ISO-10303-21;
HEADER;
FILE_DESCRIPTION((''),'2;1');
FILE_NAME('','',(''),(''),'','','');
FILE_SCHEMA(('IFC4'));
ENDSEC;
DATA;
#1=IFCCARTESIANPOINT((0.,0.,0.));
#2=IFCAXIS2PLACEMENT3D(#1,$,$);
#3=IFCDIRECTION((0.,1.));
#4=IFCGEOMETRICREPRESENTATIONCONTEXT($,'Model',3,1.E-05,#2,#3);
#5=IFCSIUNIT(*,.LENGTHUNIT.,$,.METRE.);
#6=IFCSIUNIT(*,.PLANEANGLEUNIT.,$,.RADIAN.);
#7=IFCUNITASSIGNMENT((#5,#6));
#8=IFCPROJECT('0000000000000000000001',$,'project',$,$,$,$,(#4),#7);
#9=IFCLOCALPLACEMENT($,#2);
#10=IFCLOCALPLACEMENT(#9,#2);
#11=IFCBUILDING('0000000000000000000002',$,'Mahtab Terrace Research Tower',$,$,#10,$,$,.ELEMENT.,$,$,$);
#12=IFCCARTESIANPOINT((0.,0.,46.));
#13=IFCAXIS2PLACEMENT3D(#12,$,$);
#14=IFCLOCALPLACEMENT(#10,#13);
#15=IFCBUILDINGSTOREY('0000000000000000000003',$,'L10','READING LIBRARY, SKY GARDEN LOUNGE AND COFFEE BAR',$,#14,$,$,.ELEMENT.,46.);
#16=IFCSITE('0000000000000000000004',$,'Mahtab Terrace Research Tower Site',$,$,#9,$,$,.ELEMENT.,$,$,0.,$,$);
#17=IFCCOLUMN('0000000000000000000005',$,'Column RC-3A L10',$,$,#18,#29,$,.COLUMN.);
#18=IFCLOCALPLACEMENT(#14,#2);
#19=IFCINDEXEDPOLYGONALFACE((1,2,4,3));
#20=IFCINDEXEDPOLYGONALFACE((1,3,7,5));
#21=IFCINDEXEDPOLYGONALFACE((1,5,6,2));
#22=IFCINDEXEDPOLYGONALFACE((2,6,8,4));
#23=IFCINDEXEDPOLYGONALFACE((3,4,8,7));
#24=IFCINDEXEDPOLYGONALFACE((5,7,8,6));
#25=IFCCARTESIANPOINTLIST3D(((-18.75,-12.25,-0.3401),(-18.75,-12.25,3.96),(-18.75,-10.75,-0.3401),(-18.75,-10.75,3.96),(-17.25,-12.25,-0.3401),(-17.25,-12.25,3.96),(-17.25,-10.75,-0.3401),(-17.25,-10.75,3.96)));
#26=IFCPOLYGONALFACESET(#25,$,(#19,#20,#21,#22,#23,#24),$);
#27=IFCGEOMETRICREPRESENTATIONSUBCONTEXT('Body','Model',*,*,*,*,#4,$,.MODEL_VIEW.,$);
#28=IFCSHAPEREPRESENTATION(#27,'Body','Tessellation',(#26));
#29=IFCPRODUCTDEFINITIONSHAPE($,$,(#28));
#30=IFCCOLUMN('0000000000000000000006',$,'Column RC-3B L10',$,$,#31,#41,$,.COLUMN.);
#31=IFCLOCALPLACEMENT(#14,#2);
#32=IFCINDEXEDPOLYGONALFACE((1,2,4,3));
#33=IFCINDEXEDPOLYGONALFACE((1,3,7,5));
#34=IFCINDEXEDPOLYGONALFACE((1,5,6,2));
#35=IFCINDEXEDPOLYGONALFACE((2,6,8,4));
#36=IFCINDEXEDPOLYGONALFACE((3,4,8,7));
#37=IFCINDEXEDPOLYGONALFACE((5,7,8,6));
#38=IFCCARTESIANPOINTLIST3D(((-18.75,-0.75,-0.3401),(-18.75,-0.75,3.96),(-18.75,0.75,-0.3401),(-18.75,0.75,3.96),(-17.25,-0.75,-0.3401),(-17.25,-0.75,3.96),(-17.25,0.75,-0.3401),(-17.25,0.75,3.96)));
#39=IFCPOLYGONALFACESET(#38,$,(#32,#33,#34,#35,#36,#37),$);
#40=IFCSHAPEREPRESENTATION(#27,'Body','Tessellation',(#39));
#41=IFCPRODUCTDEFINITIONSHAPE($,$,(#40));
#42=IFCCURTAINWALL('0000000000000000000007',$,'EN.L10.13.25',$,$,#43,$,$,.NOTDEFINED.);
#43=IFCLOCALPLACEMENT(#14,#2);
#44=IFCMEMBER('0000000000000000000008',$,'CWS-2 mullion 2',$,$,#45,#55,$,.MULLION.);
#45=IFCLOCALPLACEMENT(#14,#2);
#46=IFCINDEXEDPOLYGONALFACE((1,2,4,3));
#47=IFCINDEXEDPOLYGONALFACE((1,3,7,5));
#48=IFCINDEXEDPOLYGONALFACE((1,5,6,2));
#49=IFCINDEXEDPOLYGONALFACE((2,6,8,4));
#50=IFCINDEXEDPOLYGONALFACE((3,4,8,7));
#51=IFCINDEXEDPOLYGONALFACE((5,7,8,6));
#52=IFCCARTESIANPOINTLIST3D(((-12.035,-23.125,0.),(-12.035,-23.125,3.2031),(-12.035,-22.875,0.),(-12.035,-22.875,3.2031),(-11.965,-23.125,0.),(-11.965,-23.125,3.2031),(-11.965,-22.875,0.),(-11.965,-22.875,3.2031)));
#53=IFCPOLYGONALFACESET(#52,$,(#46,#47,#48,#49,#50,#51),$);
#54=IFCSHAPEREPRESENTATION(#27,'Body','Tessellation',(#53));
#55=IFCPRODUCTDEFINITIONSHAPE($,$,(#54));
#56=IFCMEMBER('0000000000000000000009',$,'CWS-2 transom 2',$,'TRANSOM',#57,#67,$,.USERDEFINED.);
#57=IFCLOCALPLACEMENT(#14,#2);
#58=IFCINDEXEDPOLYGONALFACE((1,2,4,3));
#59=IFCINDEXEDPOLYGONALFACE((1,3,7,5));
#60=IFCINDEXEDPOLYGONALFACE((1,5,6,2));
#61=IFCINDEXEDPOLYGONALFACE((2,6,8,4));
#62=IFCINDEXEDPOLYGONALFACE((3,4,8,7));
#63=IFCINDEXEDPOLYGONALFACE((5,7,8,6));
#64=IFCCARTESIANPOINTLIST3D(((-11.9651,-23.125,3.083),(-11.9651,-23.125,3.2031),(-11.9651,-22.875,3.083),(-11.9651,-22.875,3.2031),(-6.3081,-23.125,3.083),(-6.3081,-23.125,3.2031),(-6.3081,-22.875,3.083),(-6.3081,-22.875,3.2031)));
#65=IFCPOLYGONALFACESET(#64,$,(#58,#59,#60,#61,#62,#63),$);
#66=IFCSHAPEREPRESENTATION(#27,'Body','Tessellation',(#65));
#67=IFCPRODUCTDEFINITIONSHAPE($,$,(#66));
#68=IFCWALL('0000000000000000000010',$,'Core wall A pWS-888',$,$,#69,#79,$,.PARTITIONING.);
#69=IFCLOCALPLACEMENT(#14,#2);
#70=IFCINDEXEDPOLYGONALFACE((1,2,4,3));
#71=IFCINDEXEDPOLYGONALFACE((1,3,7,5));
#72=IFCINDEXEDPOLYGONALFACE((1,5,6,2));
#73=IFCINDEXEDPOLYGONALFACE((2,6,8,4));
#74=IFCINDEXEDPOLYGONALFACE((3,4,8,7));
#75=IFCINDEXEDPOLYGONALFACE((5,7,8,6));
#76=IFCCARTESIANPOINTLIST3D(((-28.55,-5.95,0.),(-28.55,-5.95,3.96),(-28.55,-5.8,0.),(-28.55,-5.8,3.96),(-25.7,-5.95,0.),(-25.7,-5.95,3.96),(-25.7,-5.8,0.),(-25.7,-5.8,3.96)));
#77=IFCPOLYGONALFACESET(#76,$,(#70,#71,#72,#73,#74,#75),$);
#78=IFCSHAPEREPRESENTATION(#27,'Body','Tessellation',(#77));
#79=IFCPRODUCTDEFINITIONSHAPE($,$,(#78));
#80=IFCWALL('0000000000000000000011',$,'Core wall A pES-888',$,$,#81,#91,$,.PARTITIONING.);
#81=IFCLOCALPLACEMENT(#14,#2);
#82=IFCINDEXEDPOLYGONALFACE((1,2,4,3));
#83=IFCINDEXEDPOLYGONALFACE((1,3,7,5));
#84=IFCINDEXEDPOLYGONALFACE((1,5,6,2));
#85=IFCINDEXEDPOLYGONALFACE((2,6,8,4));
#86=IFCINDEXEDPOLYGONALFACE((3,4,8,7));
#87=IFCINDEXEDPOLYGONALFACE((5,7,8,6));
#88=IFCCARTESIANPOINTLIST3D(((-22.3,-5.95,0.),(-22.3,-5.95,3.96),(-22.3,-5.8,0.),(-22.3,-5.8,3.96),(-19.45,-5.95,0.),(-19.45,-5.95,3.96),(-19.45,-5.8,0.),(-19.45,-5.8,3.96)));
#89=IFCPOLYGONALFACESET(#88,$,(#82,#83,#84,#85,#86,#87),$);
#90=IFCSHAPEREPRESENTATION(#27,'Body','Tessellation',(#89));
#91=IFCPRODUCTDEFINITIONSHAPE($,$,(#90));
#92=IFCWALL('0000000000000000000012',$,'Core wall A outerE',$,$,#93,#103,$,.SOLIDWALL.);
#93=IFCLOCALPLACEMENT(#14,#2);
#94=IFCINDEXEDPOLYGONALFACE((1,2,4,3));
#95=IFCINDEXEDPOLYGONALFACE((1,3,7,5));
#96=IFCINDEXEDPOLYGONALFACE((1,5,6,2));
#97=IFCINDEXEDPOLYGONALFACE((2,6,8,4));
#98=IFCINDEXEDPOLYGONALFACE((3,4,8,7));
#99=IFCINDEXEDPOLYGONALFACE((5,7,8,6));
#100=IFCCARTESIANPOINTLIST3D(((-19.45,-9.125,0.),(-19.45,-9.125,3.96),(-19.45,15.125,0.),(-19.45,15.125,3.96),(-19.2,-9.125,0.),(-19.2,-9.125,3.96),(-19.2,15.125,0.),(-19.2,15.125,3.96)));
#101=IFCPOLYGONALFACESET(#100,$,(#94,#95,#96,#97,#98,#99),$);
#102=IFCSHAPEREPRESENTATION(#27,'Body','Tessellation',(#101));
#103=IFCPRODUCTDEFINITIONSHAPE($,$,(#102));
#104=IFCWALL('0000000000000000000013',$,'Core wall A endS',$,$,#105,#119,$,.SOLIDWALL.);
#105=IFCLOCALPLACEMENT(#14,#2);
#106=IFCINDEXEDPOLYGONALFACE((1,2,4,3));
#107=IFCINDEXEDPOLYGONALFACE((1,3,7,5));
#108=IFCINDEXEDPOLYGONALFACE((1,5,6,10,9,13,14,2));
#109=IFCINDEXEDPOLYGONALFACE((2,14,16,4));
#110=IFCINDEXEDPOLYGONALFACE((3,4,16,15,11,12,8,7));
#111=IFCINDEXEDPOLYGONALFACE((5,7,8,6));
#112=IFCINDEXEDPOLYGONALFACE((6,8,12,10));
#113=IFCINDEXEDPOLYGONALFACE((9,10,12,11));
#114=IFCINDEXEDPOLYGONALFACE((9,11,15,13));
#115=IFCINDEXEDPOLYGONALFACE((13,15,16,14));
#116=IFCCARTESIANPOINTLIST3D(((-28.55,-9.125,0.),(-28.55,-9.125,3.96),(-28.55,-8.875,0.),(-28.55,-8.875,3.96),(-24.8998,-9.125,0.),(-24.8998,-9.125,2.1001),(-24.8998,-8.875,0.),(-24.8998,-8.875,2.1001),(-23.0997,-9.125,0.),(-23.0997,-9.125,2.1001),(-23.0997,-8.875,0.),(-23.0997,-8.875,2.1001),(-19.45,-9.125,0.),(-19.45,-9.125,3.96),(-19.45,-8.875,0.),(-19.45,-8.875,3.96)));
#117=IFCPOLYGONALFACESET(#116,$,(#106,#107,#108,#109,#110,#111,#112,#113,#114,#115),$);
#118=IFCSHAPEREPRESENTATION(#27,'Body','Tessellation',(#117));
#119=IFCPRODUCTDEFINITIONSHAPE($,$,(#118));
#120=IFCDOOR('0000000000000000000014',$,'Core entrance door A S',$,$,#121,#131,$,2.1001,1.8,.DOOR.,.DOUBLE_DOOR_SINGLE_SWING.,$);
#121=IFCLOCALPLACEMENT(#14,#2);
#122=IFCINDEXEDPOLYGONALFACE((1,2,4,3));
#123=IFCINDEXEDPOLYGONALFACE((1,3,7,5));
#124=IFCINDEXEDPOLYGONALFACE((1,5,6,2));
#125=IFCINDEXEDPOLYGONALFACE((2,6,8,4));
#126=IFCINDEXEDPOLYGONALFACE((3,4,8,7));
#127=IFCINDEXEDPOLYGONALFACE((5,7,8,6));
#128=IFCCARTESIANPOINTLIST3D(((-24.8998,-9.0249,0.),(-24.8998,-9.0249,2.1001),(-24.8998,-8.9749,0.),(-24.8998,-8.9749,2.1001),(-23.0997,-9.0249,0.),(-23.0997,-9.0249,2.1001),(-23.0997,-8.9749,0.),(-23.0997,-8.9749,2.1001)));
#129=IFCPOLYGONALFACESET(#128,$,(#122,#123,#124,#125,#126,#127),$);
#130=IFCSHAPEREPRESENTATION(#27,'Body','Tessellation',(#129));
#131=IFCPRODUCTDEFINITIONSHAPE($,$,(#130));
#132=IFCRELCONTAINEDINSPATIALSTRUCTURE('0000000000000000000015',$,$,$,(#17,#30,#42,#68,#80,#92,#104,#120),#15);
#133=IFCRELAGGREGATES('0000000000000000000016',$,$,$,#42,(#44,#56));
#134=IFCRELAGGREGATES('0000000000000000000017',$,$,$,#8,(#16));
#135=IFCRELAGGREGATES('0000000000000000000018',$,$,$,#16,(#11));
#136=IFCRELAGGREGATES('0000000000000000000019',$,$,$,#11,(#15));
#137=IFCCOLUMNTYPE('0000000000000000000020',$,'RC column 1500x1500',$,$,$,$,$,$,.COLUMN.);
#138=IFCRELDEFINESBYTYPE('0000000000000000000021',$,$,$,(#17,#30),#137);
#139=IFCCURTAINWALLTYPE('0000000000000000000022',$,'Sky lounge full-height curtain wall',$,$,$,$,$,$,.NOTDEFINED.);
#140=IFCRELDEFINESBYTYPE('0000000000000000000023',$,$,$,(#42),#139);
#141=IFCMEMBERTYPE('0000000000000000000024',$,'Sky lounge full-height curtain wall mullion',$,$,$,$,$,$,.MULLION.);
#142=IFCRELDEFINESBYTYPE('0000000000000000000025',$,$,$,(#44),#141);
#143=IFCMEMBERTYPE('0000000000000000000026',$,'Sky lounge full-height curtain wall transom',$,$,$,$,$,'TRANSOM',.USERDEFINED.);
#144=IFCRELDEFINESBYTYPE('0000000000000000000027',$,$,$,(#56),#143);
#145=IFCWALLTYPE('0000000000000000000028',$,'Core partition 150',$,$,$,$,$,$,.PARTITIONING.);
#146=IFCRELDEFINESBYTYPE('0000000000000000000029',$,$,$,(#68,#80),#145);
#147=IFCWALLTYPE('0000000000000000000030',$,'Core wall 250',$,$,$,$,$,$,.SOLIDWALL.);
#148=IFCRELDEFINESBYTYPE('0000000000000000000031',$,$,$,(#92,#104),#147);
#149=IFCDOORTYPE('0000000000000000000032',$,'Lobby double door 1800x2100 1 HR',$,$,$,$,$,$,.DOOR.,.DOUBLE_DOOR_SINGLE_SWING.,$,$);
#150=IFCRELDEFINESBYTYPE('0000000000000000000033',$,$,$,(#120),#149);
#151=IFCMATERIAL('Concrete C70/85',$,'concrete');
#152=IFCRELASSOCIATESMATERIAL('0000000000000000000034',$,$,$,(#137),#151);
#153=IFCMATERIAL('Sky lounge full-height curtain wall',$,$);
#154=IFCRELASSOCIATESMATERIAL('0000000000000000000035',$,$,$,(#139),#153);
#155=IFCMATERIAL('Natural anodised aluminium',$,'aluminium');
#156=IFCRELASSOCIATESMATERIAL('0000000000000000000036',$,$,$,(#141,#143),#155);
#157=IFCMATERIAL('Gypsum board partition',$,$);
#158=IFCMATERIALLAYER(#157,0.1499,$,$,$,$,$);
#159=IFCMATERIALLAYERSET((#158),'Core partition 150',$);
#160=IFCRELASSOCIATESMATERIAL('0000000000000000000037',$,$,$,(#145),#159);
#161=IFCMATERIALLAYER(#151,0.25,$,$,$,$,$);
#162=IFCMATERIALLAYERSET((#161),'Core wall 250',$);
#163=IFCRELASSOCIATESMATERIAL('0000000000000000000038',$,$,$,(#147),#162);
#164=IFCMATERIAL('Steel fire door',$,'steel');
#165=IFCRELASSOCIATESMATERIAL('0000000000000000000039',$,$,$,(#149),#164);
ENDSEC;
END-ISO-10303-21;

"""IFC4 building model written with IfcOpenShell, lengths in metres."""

from ifc_helpers import new_model, si_unit, direction, frame, frame_2d, origin, origin_2d, place, context, subcontext, project, spatial, rectangle, extrude, material, layer, layer_set, material_profile, profile_set, type_object, element, fill, aggregate, save


model = new_model("IFC4")

# Units and contexts
model_context = context("Model", 3, precision=1e-05, world=origin(), true_north=direction((0.0, 1.0)))
body_context = subcontext(model_context, "Body", "Model", "MODEL_VIEW")
ifc_project = project(units=[si_unit("LENGTHUNIT", "METRE"), si_unit("PLANEANGLEUNIT", "RADIAN")], contexts=[model_context])

# Site, building, storey
site_placement = place(None, origin())
site = spatial("IfcSite", under=ifc_project, at=site_placement, Name="Mahtab Terrace Research Tower Site", CompositionType="ELEMENT", RefElevation=0.0)
building_placement = place(site_placement, origin())
building = spatial("IfcBuilding", under=site, at=building_placement, Name="Mahtab Terrace Research Tower", CompositionType="ELEMENT")
storey_placement = place(building_placement, frame((0.0, 0.0, 46.0)))
storey = spatial("IfcBuildingStorey", under=building, at=storey_placement, Name="L10", Description="READING LIBRARY, SKY GARDEN LOUNGE AND COFFEE BAR", CompositionType="ELEMENT", Elevation=46.0)

# Columns
ifc_material_1 = material(Name="Concrete C70/85", Category="concrete")
ifc_material_profile_1 = material_profile(ifc_material_1, rectangle(XDim=1.5, YDim=1.5, at=origin_2d()), Name="RC column 1500x1500")
ifc_profile_set_1 = profile_set([ifc_material_profile_1], Name="Concrete C70/85")
column_type = type_object("IfcColumnType", Name="RC column 1500x1500", PredefinedType="COLUMN", material=ifc_profile_set_1)
for number, where, z_axis, x_axis, name in (
    (1, (-18.0, -11.5, -0.3401), (0.0, 0.0, 1.0), (1.0, 0.0, 0.0), "Column RC-3A L10"),
    (2, (-18.0, 0.0, -0.3401), (0.0, 0.0, 1.0), (1.0, 0.0, 0.0), "Column RC-3B L10"),
):
    element("IfcColumn", number, at=place(storey_placement, frame(where, z_axis=z_axis, x_axis=x_axis)), inside=storey, type_object=column_type, Name=name, PredefinedType="COLUMN", context=body_context, shape_type="SweptSolid", body=[
        extrude(rectangle(XDim=1.5, YDim=1.5, at=origin_2d()), origin(), (0.0, 0.0, 1.0), 4.3),
    ])

# Curtain wall, members
ifc_material_2 = material(Name="Sky lounge full-height curtain wall")
curtain_wall_type = type_object("IfcCurtainWallType", Name="Sky lounge full-height curtain wall", PredefinedType="NOTDEFINED", material=ifc_material_2)
curtain_wall_placement = place(storey_placement, origin())
curtain_wall = element("IfcCurtainWall", 3, at=curtain_wall_placement, inside=storey, type_object=curtain_wall_type, Name="EN.L10.13.25", PredefinedType="NOTDEFINED")
ifc_material_3 = material(Name="Natural anodised aluminium", Category="aluminium")
ifc_material_profile_2 = material_profile(ifc_material_3, rectangle(XDim=0.25, YDim=0.0701, at=origin_2d()), Name="MULLION 70x250")
ifc_profile_set_2 = profile_set([ifc_material_profile_2], Name="Natural anodised aluminium")
member_type_1 = type_object("IfcMemberType", Name="Sky lounge full-height curtain wall mullion", PredefinedType="MULLION", material=ifc_profile_set_2)
member_1_placement = place(storey_placement, frame((-12.0, -23.0, 0.0), z_axis=(0.0, 0.0, 1.0), x_axis=(0.0, 1.0, 0.0)))
member_1 = element("IfcMember", 4, at=member_1_placement, type_object=member_type_1, Name="CWS-2 mullion 2", PredefinedType="MULLION", context=body_context, shape_type="SweptSolid", body=[
    extrude(rectangle(XDim=0.25, YDim=0.0701, at=origin_2d()), origin(), (0.0, 0.0, 1.0), 3.2031),
])
ifc_material_profile_3 = material_profile(ifc_material_3, rectangle(XDim=0.25, YDim=0.1201, at=origin_2d()), Name="TRANSOM 120x250")
ifc_profile_set_3 = profile_set([ifc_material_profile_3], Name="Natural anodised aluminium")
member_type_2 = type_object("IfcMemberType", Name="Sky lounge full-height curtain wall transom", ElementType="TRANSOM", PredefinedType="USERDEFINED", material=ifc_profile_set_3)
member_2_placement = place(storey_placement, frame((-11.9651, -23.0, 3.1431), z_axis=(1.0, 0.0, 0.0), x_axis=(0.0, 1.0, 0.0)))
member_2 = element("IfcMember", 5, at=member_2_placement, type_object=member_type_2, Name="CWS-2 transom 2", ObjectType="TRANSOM", PredefinedType="USERDEFINED", context=body_context, shape_type="SweptSolid", body=[
    extrude(rectangle(XDim=0.25, YDim=0.1201, at=origin_2d()), origin(), (0.0, 0.0, 1.0), 5.657),
])
aggregate(curtain_wall, [member_1, member_2])

# Walls
ifc_material_4 = material(Name="Gypsum board partition")
ifc_layer_1 = layer(ifc_material_4, 0.1499)
ifc_layer_set_1 = layer_set([ifc_layer_1], Name="Core partition 150")
wall_type_1 = type_object("IfcWallType", Name="Core partition 150", PredefinedType="PARTITIONING", material=ifc_layer_set_1)
for number, where, z_axis, x_axis, name in (
    (6, (-28.55, -5.875, 0.0), (0.0, 0.0, 1.0), (1.0, 0.0, 0.0), "Core wall A pWS-888"),
    (7, (-22.3, -5.875, 0.0), (0.0, 0.0, 1.0), (1.0, 0.0, 0.0), "Core wall A pES-888"),
):
    element("IfcWall", number, at=place(storey_placement, frame(where, z_axis=z_axis, x_axis=x_axis)), inside=storey, type_object=wall_type_1, Name=name, PredefinedType="PARTITIONING", context=body_context, shape_type="SweptSolid", body=[
        extrude(rectangle(XDim=2.8501, YDim=0.1499, at=frame_2d((1.425, 0.0))), origin(), (0.0, 0.0, 1.0), 3.96),
    ])
ifc_layer_2 = layer(ifc_material_1, 0.25)
ifc_layer_set_2 = layer_set([ifc_layer_2], Name="Core wall 250")
wall_type_2 = type_object("IfcWallType", Name="Core wall 250", PredefinedType="SOLIDWALL", material=ifc_layer_set_2)
wall_1_placement = place(storey_placement, frame((-19.325, -9.125, 0.0), z_axis=(0.0, 0.0, 1.0), x_axis=(0.0, 1.0, 0.0)))
element("IfcWall", 8, at=wall_1_placement, inside=storey, type_object=wall_type_2, Name="Core wall A outerE", PredefinedType="SOLIDWALL", context=body_context, shape_type="SweptSolid", body=[
    extrude(rectangle(XDim=24.25, YDim=0.25, at=frame_2d((12.125, 0.0))), origin(), (0.0, 0.0, 1.0), 3.96),
])

# Wall, opening, door
wall_2_placement = place(storey_placement, frame((-19.45, -9.0, 0.0), z_axis=(0.0, 0.0, 1.0), x_axis=(-1.0, 0.0, 0.0)))
wall_2 = element("IfcWall", 9, at=wall_2_placement, inside=storey, type_object=wall_type_2, Name="Core wall A endS", PredefinedType="SOLIDWALL", context=body_context, shape_type="SweptSolid", body=[
    extrude(rectangle(XDim=9.1001, YDim=0.25, at=frame_2d((4.55, 0.0))), origin(), (0.0, 0.0, 1.0), 3.96),
])
opening_1_placement = place(wall_2_placement, frame((3.6499, 0.0, 0.0)))
opening_1 = element("IfcOpeningElement", 10, at=opening_1_placement, cuts=wall_2, PredefinedType="OPENING", context=body_context, shape_type="SweptSolid", body=[
    extrude(rectangle(XDim=1.8, YDim=2.1001, at=frame_2d((0.8999, 1.05))), frame((0.0, 0.135, 0.0), z_axis=(0.0, -1.0, 0.0), x_axis=(1.0, 0.0, 0.0)), (0.0, 0.0, 1.0), 0.27),
])
ifc_material_5 = material(Name="Steel fire door", Category="steel")
door_type_1 = type_object("IfcDoorType", Name="Lobby double door 1800x2100 1 HR", OperationType="DOUBLE_DOOR_SINGLE_SWING", PredefinedType="DOOR", material=ifc_material_5)
door_1_placement = place(opening_1_placement, origin())
door_1 = element("IfcDoor", 11, at=door_1_placement, inside=storey, type_object=door_type_1, Name="Core entrance door A S", OperationType="DOUBLE_DOOR_SINGLE_SWING", OverallHeight=2.1001, OverallWidth=1.8, PredefinedType="DOOR", context=body_context, shape_type="SweptSolid", body=[
    extrude(rectangle(XDim=1.8, YDim=2.1001, at=frame_2d((0.8999, 1.05))), frame((0.0, 0.0249, 0.0), z_axis=(0.0, -1.0, 0.0), x_axis=(1.0, 0.0, 0.0)), (0.0, 0.0, 1.0), 0.05),
])
fill(opening_1, door_1)

save(model, "model.ifc")
